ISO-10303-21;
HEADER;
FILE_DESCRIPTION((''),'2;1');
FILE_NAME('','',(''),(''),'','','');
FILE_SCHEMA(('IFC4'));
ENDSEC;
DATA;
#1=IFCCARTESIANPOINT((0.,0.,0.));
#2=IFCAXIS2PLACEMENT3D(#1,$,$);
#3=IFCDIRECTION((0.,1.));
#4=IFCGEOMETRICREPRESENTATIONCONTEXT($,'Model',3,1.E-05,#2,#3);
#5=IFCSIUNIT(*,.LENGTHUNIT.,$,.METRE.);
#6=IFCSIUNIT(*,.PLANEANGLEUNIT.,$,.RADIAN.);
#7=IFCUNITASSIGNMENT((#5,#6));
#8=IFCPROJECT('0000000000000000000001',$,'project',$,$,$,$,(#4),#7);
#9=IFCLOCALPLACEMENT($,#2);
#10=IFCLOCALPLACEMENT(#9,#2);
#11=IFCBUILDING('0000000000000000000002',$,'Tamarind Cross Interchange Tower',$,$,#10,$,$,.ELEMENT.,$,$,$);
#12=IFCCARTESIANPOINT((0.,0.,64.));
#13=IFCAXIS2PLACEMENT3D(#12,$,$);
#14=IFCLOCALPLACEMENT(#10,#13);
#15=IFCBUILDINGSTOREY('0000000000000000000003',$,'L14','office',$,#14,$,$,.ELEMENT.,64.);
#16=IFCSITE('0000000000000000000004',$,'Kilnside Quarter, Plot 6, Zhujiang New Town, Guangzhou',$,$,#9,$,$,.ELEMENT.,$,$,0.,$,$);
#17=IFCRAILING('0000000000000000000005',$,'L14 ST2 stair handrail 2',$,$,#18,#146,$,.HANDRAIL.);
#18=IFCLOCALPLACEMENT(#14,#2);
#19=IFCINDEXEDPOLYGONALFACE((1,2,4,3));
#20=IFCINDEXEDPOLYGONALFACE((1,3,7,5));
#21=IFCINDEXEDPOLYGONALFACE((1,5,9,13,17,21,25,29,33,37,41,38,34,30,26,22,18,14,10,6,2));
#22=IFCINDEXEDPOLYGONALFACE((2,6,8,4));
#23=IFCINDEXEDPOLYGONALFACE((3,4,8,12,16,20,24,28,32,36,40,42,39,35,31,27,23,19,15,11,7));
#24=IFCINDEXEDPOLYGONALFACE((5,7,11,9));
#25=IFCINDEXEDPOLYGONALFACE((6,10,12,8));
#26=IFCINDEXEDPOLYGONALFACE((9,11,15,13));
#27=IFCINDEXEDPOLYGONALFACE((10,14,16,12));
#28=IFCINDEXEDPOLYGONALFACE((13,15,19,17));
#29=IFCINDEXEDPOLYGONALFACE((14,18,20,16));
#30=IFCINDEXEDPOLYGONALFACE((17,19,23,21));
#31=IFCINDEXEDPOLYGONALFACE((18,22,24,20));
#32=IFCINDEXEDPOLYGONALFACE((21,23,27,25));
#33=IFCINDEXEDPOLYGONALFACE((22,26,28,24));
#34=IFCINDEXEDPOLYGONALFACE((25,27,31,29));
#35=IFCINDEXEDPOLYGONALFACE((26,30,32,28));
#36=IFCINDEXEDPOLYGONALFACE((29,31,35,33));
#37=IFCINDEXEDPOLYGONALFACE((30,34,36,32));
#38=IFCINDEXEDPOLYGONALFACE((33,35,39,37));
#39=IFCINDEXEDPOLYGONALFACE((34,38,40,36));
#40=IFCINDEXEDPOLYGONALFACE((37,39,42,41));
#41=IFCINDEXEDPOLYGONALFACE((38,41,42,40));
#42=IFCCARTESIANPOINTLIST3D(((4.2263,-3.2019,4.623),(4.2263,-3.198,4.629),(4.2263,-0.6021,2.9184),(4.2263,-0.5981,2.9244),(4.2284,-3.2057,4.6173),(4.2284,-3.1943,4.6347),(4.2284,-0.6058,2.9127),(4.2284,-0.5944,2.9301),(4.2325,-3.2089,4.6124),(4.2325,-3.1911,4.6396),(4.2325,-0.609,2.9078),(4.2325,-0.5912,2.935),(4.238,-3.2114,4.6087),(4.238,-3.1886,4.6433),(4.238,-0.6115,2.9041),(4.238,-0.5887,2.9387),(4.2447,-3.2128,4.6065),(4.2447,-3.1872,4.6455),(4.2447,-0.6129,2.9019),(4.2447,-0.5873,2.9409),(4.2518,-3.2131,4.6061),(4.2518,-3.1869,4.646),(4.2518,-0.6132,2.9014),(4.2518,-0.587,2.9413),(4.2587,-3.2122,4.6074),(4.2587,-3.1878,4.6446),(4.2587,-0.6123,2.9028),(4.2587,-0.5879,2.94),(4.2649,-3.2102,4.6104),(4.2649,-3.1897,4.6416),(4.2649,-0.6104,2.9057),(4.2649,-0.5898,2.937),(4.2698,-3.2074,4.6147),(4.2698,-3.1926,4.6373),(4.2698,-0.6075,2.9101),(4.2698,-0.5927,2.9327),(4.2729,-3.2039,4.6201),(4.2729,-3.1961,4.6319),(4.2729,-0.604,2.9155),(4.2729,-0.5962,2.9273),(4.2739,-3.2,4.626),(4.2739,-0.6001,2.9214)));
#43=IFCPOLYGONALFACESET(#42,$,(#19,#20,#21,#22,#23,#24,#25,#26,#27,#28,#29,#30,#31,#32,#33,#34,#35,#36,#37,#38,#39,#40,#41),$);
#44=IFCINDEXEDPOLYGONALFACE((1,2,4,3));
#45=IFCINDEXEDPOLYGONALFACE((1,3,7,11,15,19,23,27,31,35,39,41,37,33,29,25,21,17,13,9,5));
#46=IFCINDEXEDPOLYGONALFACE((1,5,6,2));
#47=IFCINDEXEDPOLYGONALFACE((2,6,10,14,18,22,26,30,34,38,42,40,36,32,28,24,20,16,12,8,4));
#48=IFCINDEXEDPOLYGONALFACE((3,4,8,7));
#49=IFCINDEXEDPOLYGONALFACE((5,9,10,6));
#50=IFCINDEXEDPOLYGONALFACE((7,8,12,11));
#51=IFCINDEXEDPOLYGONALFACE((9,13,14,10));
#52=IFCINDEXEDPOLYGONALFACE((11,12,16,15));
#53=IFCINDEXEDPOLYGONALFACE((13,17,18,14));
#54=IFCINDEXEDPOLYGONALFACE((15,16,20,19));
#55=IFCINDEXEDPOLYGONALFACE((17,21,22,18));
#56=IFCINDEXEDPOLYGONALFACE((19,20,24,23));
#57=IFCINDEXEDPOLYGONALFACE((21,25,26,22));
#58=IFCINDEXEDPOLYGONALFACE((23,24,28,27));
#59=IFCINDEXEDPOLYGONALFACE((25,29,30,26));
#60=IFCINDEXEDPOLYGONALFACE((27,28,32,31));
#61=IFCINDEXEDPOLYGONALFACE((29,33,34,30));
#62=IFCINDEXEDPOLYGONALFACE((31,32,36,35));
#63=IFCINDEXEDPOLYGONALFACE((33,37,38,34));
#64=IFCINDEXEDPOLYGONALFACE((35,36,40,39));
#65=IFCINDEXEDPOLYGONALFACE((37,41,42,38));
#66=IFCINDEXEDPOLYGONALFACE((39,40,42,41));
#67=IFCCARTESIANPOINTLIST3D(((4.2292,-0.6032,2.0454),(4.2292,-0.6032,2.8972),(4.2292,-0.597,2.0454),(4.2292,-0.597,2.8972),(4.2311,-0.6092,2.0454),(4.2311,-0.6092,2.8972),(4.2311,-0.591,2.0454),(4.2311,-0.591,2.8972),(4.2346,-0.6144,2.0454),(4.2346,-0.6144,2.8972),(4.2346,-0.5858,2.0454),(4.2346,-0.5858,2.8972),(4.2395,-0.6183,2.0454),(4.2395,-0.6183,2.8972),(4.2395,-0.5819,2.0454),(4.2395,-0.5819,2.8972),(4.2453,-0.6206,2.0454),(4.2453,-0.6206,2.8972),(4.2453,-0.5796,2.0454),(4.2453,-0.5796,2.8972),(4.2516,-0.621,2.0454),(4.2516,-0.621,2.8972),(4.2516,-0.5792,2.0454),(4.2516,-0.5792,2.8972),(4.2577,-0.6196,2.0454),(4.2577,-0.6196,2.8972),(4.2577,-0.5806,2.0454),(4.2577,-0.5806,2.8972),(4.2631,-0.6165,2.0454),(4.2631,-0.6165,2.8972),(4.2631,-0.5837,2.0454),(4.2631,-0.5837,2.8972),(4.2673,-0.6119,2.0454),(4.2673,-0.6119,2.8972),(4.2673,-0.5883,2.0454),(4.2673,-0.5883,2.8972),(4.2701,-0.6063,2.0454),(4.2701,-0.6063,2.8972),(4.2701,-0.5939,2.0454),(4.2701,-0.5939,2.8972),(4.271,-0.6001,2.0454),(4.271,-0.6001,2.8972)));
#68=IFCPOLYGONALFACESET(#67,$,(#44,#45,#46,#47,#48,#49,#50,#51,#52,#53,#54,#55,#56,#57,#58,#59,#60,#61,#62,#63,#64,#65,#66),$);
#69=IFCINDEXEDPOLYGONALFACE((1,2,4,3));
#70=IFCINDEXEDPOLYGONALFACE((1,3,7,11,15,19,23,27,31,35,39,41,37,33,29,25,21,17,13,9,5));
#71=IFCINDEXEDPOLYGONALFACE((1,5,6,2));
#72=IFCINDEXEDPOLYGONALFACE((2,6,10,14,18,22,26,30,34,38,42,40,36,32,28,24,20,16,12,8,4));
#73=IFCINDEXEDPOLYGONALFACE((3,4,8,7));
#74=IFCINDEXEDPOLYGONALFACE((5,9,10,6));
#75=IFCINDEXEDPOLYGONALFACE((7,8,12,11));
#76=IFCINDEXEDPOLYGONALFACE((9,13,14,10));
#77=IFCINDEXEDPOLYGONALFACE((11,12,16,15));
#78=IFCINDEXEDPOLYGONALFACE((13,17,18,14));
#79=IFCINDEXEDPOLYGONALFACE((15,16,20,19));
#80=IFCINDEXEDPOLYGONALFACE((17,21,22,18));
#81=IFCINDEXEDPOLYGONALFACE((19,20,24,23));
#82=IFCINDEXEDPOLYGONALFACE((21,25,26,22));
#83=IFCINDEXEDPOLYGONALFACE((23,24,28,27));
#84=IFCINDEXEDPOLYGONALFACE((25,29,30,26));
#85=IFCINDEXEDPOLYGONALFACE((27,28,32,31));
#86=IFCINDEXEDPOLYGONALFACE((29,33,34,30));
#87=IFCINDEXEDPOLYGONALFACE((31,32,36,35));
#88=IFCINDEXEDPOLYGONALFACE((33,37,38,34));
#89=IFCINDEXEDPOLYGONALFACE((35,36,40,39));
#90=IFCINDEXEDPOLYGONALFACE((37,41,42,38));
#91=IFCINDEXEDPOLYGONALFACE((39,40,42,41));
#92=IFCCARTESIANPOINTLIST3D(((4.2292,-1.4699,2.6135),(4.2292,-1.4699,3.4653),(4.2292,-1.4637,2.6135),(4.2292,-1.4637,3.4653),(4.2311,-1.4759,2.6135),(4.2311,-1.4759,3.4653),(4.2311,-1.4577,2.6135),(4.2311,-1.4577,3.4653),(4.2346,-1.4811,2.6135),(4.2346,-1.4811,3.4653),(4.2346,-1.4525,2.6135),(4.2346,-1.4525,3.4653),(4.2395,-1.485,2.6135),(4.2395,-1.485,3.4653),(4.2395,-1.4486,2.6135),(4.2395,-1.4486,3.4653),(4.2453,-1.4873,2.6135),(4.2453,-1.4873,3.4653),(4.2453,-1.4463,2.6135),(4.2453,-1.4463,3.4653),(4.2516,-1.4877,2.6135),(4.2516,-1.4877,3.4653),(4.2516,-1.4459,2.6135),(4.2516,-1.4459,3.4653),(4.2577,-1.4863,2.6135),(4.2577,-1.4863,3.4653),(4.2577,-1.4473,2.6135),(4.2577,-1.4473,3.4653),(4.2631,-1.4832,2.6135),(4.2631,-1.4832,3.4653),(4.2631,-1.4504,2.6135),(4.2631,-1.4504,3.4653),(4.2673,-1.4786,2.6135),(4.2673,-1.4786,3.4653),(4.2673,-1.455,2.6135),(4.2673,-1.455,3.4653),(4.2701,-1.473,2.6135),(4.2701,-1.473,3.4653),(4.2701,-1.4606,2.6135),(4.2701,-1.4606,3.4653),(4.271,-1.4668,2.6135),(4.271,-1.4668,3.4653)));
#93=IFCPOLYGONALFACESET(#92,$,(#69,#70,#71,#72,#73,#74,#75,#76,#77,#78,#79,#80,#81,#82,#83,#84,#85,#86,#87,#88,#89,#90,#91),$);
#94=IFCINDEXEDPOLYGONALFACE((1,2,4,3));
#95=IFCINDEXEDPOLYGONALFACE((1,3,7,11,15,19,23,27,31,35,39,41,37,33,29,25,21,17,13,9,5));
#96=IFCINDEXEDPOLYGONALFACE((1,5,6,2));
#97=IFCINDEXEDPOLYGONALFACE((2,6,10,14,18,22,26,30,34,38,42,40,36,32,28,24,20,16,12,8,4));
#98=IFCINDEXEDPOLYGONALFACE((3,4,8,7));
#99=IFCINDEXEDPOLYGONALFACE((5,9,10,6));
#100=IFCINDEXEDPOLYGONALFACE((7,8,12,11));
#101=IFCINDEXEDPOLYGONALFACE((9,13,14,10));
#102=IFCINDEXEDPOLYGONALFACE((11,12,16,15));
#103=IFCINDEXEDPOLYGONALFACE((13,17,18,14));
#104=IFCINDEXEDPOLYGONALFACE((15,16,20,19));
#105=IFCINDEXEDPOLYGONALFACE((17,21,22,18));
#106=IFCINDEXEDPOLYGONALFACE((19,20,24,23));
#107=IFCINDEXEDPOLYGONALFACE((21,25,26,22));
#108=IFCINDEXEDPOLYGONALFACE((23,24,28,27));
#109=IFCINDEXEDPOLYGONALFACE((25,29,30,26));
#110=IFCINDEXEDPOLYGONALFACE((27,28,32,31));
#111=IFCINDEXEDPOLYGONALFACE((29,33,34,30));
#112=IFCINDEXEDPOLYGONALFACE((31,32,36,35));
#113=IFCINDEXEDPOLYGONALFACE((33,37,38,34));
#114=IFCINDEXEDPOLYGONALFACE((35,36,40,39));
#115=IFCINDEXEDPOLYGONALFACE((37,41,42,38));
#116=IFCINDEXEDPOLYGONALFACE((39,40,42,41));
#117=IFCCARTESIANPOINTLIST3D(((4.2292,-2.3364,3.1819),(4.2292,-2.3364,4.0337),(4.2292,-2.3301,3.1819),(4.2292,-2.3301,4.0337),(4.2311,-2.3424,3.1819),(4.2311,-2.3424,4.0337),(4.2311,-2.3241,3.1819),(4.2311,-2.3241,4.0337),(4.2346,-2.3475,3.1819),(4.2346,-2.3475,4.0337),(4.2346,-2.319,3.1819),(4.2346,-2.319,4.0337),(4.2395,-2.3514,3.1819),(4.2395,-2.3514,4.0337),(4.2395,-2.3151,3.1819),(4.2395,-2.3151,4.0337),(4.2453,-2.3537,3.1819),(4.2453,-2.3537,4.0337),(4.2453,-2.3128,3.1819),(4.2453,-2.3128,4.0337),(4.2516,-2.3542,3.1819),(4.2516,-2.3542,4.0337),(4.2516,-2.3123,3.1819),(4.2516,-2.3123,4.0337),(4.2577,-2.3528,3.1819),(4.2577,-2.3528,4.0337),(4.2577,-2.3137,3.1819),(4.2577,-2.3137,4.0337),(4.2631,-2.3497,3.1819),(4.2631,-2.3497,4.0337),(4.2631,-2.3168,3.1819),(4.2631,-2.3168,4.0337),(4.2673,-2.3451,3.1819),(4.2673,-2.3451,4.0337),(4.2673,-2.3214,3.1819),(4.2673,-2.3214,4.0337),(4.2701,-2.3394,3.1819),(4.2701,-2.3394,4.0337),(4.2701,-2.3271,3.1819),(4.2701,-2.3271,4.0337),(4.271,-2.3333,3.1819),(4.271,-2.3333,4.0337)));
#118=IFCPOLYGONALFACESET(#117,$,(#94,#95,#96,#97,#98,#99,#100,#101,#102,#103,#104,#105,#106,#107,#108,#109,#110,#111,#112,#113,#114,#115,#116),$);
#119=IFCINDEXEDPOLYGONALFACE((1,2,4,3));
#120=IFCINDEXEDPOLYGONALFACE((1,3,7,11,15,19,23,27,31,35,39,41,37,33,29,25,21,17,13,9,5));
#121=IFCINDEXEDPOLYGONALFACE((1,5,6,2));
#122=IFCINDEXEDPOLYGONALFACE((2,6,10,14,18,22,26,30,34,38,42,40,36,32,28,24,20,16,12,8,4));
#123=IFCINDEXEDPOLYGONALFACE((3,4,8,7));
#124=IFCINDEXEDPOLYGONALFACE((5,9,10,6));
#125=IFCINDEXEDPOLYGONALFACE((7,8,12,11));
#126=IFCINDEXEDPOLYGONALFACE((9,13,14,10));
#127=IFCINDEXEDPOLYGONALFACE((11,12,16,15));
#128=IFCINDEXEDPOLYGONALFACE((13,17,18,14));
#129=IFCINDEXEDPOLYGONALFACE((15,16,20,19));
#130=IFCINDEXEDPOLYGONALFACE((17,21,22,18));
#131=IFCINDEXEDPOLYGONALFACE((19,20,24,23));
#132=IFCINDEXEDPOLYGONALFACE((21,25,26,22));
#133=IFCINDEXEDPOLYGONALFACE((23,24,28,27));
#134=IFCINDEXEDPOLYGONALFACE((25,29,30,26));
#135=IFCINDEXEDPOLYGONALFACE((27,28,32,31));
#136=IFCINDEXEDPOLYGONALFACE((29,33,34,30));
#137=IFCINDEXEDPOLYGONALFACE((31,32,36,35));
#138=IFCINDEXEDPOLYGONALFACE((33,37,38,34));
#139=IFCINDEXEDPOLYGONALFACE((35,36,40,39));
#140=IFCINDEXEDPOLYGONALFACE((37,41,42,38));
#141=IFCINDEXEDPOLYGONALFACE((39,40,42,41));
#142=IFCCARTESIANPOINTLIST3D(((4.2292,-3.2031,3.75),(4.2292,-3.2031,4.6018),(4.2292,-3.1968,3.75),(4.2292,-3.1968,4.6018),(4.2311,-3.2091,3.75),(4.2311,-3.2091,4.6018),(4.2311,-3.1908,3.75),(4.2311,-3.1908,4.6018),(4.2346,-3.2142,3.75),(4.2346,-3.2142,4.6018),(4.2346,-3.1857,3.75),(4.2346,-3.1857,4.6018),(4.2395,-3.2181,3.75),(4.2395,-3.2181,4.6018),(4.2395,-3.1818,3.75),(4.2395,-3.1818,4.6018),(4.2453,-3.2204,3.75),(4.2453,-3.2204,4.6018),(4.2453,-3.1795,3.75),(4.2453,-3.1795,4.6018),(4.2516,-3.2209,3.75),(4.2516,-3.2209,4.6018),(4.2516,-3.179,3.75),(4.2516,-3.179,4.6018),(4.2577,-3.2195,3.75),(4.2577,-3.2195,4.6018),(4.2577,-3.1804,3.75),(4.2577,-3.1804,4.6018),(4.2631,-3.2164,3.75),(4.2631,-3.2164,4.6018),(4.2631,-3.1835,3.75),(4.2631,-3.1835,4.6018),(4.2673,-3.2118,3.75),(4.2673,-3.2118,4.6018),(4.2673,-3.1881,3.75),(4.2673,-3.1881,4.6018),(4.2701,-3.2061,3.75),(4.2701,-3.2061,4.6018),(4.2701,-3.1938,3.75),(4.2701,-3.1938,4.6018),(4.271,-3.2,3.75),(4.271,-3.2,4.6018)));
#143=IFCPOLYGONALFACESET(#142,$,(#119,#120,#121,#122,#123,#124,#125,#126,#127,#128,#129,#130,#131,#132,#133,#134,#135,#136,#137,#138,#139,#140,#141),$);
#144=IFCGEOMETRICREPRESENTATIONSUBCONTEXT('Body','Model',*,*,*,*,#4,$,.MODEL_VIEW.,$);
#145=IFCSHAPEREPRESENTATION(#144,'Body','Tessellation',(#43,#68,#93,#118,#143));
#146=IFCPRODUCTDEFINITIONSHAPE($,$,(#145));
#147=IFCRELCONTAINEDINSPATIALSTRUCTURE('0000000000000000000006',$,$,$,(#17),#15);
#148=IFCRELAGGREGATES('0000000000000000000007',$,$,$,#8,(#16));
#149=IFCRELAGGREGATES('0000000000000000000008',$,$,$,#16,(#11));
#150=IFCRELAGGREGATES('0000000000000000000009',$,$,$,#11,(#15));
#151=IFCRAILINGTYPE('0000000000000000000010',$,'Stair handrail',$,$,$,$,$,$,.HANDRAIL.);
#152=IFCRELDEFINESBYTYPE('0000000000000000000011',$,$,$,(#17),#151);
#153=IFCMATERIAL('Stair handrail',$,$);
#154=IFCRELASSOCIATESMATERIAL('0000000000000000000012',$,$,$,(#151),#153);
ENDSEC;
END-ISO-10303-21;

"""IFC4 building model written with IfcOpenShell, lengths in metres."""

from ifc_helpers import new_model, si_unit, direction, frame, origin, origin_2d, place, context, subcontext, project, spatial, circle, extrude, material, type_object, element, save


model = new_model("IFC4")

# Units and contexts
model_context = context("Model", 3, precision=1e-05, world=origin(), true_north=direction((0.0, 1.0)))
body_context = subcontext(model_context, "Body", "Model", "MODEL_VIEW")
ifc_project = project(units=[si_unit("LENGTHUNIT", "METRE"), si_unit("PLANEANGLEUNIT", "RADIAN")], contexts=[model_context])

# Site, building, storey
site_placement = place(None, origin())
site = spatial("IfcSite", under=ifc_project, at=site_placement, Name="Kilnside Quarter, Plot 6, Zhujiang New Town, Guangzhou", CompositionType="ELEMENT", RefElevation=0.0)
building_placement = place(site_placement, origin())
building = spatial("IfcBuilding", under=site, at=building_placement, Name="Tamarind Cross Interchange Tower", CompositionType="ELEMENT")
storey_placement = place(building_placement, frame((0.0, 0.0, 64.0)))
storey = spatial("IfcBuildingStorey", under=building, at=storey_placement, Name="L14", Description="office", CompositionType="ELEMENT", Elevation=64.0)

# Railing
ifc_material_1 = material(Name="Stair handrail")
railing_type_1 = type_object("IfcRailingType", Name="Stair handrail", PredefinedType="HANDRAIL", material=ifc_material_1)
railing_1_placement = place(storey_placement, frame((4.25, -0.6001, 2.0454)))
element("IfcRailing", 1, at=railing_1_placement, inside=storey, type_object=railing_type_1, Name="L14 ST2 stair handrail 2", PredefinedType="HANDRAIL", context=body_context, shape_type="SweptSolid", body=[
    extrude(circle(Radius=0.0239, at=origin_2d()), frame((0.0, 0.0, 0.876), z_axis=(0.0, -0.836279, 0.548305), x_axis=(1.0, 0.0, 0.0)), (0.0, 0.0, 1.0), 3.1089),
    extrude(circle(Radius=0.021, at=origin_2d()), origin(), (0.0, 0.0, 1.0), 0.8518),
    extrude(circle(Radius=0.021, at=origin_2d()), frame((0.0, -0.8667, 0.5681)), (0.0, 0.0, 1.0), 0.8518),
    extrude(circle(Radius=0.021, at=origin_2d()), frame((0.0, -1.7332, 1.1365)), (0.0, 0.0, 1.0), 0.8518),
    extrude(circle(Radius=0.021, at=origin_2d()), frame((0.0, -2.5999, 1.7046)), (0.0, 0.0, 1.0), 0.8518),
])

save(model, "model.ifc")
